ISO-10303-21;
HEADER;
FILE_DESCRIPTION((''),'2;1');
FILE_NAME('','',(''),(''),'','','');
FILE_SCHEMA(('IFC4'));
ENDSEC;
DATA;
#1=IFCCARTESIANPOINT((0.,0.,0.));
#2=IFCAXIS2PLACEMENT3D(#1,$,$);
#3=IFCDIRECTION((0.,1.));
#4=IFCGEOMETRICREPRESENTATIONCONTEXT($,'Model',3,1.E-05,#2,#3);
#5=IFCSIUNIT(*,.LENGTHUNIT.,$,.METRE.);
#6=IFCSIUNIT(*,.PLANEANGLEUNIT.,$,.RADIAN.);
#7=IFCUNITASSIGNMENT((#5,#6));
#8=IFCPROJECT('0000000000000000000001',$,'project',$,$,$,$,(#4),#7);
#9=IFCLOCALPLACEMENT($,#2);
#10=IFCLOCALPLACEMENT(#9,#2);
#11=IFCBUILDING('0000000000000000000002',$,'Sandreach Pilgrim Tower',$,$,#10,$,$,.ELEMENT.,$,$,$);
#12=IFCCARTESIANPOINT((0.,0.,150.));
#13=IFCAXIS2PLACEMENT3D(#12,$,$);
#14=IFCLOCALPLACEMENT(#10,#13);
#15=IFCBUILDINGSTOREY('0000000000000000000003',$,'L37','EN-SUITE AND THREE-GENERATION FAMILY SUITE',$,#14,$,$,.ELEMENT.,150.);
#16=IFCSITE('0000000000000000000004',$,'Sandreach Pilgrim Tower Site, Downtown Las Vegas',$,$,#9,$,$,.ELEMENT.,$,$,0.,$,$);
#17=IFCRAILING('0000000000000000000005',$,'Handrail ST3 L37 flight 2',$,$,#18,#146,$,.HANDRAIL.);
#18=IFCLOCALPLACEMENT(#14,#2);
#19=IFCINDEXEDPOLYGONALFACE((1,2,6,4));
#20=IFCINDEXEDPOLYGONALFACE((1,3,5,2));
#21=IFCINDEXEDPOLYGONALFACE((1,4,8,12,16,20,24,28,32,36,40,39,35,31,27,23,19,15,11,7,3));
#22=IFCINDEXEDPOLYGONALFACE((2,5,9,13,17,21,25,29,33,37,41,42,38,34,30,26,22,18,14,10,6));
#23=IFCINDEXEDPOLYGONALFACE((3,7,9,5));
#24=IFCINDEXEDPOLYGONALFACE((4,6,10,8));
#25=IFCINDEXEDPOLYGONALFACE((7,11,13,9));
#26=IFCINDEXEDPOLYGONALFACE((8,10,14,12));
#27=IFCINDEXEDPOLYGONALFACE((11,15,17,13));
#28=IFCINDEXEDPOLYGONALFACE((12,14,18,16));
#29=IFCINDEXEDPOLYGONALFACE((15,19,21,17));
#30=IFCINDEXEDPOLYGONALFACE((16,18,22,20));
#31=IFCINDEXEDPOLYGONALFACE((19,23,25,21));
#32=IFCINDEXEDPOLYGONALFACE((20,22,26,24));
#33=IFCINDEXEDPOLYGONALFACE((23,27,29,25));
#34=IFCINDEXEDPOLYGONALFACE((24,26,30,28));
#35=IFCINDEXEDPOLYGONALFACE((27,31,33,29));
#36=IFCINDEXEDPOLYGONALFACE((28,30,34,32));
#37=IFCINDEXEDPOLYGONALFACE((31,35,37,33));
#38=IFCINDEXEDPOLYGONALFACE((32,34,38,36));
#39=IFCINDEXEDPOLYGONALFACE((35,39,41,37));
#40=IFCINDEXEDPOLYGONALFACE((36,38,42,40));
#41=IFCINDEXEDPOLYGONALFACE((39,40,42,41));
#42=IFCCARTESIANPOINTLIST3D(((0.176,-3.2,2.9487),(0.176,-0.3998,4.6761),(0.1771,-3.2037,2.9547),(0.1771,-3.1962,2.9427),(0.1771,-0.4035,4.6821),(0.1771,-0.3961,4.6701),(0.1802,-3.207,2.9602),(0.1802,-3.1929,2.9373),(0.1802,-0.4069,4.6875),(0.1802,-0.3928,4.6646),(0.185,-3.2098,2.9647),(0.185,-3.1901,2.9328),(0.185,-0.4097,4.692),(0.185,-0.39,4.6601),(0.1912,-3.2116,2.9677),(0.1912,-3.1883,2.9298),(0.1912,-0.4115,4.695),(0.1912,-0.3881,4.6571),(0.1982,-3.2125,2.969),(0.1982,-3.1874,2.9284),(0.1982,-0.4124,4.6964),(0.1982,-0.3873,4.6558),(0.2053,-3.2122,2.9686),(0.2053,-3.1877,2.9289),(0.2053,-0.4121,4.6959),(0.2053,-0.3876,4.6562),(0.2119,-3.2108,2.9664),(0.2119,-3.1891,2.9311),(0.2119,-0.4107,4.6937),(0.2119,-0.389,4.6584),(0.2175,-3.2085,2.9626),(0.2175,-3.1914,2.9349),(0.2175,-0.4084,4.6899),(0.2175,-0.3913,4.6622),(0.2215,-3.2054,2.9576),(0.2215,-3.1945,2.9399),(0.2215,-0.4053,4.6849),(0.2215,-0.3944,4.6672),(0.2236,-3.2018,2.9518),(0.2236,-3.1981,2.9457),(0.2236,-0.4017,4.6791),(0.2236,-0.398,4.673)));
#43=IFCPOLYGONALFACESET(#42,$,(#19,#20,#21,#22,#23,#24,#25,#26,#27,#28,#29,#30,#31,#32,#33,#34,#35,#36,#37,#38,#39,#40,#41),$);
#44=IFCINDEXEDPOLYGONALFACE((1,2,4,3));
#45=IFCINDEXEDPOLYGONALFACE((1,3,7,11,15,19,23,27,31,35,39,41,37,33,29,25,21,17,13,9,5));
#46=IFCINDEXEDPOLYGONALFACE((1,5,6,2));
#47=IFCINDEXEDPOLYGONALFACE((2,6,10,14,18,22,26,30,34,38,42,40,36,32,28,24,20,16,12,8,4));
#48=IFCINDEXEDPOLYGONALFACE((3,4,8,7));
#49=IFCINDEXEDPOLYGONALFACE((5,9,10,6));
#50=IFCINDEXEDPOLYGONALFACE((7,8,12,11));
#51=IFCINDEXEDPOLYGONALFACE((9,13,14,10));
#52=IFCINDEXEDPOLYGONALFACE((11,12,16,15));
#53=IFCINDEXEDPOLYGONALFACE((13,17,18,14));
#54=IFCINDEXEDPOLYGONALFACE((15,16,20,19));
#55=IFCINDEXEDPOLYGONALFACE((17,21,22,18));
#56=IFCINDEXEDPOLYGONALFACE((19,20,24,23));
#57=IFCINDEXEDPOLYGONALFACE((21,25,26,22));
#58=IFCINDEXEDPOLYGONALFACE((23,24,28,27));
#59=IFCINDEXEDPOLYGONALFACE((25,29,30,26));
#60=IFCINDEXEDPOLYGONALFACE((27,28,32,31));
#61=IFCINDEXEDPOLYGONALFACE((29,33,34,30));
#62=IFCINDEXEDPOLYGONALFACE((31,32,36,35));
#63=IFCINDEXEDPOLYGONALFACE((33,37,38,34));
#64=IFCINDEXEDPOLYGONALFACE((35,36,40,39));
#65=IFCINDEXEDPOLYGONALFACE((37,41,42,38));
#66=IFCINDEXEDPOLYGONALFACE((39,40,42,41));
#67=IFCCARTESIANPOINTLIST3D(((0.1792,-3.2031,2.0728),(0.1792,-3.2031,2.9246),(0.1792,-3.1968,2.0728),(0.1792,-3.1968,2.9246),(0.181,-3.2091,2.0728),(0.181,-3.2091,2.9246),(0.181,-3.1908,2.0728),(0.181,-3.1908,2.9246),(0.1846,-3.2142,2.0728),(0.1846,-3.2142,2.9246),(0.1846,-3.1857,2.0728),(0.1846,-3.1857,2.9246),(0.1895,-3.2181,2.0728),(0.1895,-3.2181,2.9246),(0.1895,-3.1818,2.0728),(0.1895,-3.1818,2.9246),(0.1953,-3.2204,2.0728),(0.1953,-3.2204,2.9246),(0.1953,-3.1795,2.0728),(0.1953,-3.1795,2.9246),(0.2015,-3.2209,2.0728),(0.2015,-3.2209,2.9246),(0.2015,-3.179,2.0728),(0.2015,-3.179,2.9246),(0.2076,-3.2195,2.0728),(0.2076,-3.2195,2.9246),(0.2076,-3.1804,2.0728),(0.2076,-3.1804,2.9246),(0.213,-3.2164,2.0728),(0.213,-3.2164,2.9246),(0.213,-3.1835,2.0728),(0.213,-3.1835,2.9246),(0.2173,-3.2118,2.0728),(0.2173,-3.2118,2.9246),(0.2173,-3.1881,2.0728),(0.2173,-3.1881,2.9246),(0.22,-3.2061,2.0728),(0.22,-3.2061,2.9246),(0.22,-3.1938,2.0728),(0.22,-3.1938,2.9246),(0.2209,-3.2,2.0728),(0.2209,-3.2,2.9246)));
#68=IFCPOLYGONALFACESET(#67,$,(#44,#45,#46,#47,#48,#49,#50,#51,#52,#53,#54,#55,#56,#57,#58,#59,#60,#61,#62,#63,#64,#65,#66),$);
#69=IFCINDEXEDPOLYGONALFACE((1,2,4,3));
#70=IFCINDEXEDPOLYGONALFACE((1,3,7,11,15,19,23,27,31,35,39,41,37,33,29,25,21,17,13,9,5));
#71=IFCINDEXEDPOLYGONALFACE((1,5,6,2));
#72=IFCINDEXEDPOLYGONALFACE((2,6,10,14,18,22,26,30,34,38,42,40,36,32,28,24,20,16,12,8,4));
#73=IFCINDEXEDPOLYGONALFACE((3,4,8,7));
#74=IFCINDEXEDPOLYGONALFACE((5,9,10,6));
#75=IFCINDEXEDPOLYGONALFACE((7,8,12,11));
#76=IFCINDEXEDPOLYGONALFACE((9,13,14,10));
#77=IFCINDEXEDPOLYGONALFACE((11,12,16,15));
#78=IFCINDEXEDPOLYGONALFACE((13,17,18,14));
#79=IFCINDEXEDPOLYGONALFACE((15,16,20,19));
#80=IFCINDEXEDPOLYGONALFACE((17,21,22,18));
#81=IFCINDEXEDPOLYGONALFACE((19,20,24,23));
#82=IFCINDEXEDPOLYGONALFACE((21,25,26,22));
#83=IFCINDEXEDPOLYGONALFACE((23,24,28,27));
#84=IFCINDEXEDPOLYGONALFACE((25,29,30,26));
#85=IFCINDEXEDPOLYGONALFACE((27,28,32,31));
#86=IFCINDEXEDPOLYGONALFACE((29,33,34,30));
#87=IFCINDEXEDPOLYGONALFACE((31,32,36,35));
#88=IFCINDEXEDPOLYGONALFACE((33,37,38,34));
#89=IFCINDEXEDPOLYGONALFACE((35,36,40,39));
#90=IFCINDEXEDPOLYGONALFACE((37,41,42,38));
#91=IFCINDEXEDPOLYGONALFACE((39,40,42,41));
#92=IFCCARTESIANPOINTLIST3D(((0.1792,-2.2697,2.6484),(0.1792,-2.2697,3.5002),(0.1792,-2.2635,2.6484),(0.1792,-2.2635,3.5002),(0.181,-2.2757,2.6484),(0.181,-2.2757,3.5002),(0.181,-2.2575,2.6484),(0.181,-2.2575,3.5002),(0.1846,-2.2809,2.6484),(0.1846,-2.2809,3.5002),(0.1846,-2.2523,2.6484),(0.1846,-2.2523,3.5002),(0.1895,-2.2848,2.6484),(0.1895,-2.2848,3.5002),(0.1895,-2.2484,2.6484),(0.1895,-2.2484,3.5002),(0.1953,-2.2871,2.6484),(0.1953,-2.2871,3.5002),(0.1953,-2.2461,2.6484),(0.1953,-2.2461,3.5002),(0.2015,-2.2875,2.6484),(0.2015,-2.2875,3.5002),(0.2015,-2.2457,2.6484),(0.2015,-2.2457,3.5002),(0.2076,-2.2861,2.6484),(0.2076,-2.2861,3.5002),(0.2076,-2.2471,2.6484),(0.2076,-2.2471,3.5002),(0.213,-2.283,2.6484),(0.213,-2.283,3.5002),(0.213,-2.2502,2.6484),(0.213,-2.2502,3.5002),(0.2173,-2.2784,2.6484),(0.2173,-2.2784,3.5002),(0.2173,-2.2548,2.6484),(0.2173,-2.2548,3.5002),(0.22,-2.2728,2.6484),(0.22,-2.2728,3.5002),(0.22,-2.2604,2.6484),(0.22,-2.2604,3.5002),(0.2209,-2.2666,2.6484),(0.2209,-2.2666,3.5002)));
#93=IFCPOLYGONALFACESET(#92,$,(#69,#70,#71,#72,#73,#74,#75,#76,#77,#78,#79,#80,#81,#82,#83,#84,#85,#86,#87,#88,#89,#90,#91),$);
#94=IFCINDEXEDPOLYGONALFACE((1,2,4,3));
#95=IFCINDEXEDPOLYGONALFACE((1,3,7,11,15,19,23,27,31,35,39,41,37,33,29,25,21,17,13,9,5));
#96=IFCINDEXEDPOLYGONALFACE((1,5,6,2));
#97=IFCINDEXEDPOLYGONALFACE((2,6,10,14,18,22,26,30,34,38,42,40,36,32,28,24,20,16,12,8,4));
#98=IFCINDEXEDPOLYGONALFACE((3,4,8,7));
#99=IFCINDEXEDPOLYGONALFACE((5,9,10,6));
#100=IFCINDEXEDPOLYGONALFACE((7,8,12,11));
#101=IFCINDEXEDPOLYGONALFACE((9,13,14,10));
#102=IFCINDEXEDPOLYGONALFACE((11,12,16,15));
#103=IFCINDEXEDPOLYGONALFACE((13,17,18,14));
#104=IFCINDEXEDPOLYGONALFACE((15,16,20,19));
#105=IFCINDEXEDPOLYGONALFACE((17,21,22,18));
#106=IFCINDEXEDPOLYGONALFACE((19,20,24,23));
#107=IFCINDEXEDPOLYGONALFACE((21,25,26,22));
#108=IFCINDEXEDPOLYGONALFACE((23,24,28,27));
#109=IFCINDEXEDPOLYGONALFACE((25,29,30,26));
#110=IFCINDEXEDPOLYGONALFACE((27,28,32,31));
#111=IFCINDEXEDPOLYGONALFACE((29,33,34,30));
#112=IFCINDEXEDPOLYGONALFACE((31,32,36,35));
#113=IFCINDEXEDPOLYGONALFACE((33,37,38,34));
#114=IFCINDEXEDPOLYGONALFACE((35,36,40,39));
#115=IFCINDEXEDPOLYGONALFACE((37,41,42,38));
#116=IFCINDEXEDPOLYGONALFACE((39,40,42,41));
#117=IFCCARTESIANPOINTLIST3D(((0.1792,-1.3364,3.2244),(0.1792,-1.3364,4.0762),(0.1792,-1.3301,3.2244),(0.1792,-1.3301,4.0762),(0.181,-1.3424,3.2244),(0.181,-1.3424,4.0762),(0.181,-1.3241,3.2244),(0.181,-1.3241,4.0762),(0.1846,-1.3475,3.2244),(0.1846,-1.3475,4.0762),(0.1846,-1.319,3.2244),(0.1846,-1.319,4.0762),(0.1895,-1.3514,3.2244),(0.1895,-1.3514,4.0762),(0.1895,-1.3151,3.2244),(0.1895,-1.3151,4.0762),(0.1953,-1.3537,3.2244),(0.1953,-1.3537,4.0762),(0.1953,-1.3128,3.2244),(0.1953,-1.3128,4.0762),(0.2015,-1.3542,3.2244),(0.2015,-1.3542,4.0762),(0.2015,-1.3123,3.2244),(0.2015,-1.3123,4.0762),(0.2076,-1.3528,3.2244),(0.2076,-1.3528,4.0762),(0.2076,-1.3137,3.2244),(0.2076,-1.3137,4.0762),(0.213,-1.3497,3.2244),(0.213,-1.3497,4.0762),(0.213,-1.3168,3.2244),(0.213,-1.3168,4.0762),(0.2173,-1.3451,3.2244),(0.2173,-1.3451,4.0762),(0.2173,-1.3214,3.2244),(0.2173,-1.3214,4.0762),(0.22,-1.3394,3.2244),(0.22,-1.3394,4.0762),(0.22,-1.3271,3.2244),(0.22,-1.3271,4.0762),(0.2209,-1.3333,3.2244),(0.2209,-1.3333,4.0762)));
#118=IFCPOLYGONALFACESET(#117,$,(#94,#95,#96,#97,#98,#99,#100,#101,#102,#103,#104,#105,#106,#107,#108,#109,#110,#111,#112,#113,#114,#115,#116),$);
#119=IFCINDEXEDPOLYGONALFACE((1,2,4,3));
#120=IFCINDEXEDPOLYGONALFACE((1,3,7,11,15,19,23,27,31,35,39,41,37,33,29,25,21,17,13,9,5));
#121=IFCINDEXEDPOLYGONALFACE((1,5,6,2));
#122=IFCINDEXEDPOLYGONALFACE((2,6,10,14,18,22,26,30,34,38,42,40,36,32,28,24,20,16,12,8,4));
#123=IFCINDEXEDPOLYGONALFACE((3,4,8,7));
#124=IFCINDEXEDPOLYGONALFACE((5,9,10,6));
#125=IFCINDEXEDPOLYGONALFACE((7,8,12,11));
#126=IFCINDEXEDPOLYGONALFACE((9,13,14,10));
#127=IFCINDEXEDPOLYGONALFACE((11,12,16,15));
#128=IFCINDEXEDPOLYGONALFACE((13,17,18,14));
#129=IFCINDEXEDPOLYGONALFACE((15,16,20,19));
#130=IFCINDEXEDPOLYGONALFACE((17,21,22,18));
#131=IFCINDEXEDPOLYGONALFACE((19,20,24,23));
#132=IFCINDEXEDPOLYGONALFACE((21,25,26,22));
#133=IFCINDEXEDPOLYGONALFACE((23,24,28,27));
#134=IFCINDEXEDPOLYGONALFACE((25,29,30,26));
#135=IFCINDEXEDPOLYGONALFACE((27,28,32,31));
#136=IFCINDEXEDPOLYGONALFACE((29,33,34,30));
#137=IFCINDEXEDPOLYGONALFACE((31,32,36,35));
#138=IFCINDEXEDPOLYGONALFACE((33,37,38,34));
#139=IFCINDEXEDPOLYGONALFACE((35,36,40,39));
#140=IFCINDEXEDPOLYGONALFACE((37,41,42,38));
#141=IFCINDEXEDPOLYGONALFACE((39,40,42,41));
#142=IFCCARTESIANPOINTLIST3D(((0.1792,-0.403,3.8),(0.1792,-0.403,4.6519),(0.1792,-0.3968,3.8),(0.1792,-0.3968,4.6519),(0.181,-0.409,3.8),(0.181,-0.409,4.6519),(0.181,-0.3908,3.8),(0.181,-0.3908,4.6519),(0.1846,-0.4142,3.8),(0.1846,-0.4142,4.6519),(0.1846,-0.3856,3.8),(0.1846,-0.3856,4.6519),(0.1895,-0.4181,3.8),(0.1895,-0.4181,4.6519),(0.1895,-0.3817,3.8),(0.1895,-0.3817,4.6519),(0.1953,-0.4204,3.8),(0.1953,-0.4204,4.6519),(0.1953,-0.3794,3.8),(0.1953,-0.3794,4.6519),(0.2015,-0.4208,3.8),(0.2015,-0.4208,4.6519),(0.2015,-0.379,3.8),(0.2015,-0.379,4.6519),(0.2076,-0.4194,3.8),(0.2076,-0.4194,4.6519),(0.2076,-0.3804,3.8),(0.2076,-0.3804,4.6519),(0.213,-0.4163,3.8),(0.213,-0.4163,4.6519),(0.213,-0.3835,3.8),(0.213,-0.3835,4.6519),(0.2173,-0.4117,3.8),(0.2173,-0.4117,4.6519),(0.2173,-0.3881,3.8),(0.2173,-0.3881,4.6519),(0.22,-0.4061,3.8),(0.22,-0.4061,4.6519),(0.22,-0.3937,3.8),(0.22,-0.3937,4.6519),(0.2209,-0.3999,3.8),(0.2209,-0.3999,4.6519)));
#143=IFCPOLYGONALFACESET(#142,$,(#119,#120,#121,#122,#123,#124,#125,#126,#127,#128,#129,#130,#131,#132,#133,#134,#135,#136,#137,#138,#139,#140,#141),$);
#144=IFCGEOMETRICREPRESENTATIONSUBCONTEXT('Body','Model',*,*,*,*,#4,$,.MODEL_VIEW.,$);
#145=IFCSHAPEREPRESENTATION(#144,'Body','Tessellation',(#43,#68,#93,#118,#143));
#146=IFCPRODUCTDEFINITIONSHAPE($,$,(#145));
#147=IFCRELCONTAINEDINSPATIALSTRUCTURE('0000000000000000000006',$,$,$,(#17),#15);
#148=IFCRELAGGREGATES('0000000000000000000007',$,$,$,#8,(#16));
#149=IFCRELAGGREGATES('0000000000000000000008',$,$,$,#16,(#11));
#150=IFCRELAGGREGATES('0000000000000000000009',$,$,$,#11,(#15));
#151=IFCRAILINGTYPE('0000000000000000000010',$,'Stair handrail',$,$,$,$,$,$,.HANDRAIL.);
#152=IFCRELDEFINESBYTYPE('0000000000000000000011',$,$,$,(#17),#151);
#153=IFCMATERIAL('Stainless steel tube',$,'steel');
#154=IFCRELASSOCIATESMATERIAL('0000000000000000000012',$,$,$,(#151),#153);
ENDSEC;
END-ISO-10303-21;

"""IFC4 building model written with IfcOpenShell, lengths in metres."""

from ifc_helpers import new_model, si_unit, direction, frame, origin, origin_2d, place, context, subcontext, project, spatial, circle, extrude, material, type_object, element, save


model = new_model("IFC4")

# Units and contexts
model_context = context("Model", 3, precision=1e-05, world=origin(), true_north=direction((0.0, 1.0)))
body_context = subcontext(model_context, "Body", "Model", "MODEL_VIEW")
ifc_project = project(units=[si_unit("LENGTHUNIT", "METRE"), si_unit("PLANEANGLEUNIT", "RADIAN")], contexts=[model_context])

# Site, building, storey
site_placement = place(None, origin())
site = spatial("IfcSite", under=ifc_project, at=site_placement, Name="Sandreach Pilgrim Tower Site, Downtown Las Vegas", CompositionType="ELEMENT", RefElevation=0.0)
building_placement = place(site_placement, origin())
building = spatial("IfcBuilding", under=site, at=building_placement, Name="Sandreach Pilgrim Tower", CompositionType="ELEMENT")
storey_placement = place(building_placement, frame((0.0, 0.0, 150.0)))
storey = spatial("IfcBuildingStorey", under=building, at=storey_placement, Name="L37", Description="EN-SUITE AND THREE-GENERATION FAMILY SUITE", CompositionType="ELEMENT", Elevation=150.0)

# Railing
ifc_material_1 = material(Name="Stainless steel tube", Category="steel")
railing_type = type_object("IfcRailingType", Name="Stair handrail", PredefinedType="HANDRAIL", material=ifc_material_1)
for number, where, name in (
    (1, (0.2, -3.2, 2.0728), "Handrail ST3 L37 flight 2"),
):
    element("IfcRailing", number, at=place(storey_placement, frame(where)), inside=storey, type_object=railing_type, Name=name, PredefinedType="HANDRAIL", context=body_context, shape_type="SweptSolid", body=[
        extrude(circle(Radius=0.0239, at=origin_2d()), frame((0.0, 0.0, 0.876), z_axis=(0.0, 0.85109, 0.52502), x_axis=(-1.0, 0.0, 0.0)), (0.0, 0.0, 1.0), 3.29),
        extrude(circle(Radius=0.021, at=origin_2d()), origin(), (0.0, 0.0, 1.0), 0.8518),
        extrude(circle(Radius=0.021, at=origin_2d()), frame((0.0, 0.9333, 0.5757)), (0.0, 0.0, 1.0), 0.8518),
        extrude(circle(Radius=0.021, at=origin_2d()), frame((0.0, 1.8667, 1.1516)), (0.0, 0.0, 1.0), 0.8518),
        extrude(circle(Radius=0.021, at=origin_2d()), frame((0.0, 2.8, 1.7273)), (0.0, 0.0, 1.0), 0.8518),
    ])

save(model, "model.ifc")
